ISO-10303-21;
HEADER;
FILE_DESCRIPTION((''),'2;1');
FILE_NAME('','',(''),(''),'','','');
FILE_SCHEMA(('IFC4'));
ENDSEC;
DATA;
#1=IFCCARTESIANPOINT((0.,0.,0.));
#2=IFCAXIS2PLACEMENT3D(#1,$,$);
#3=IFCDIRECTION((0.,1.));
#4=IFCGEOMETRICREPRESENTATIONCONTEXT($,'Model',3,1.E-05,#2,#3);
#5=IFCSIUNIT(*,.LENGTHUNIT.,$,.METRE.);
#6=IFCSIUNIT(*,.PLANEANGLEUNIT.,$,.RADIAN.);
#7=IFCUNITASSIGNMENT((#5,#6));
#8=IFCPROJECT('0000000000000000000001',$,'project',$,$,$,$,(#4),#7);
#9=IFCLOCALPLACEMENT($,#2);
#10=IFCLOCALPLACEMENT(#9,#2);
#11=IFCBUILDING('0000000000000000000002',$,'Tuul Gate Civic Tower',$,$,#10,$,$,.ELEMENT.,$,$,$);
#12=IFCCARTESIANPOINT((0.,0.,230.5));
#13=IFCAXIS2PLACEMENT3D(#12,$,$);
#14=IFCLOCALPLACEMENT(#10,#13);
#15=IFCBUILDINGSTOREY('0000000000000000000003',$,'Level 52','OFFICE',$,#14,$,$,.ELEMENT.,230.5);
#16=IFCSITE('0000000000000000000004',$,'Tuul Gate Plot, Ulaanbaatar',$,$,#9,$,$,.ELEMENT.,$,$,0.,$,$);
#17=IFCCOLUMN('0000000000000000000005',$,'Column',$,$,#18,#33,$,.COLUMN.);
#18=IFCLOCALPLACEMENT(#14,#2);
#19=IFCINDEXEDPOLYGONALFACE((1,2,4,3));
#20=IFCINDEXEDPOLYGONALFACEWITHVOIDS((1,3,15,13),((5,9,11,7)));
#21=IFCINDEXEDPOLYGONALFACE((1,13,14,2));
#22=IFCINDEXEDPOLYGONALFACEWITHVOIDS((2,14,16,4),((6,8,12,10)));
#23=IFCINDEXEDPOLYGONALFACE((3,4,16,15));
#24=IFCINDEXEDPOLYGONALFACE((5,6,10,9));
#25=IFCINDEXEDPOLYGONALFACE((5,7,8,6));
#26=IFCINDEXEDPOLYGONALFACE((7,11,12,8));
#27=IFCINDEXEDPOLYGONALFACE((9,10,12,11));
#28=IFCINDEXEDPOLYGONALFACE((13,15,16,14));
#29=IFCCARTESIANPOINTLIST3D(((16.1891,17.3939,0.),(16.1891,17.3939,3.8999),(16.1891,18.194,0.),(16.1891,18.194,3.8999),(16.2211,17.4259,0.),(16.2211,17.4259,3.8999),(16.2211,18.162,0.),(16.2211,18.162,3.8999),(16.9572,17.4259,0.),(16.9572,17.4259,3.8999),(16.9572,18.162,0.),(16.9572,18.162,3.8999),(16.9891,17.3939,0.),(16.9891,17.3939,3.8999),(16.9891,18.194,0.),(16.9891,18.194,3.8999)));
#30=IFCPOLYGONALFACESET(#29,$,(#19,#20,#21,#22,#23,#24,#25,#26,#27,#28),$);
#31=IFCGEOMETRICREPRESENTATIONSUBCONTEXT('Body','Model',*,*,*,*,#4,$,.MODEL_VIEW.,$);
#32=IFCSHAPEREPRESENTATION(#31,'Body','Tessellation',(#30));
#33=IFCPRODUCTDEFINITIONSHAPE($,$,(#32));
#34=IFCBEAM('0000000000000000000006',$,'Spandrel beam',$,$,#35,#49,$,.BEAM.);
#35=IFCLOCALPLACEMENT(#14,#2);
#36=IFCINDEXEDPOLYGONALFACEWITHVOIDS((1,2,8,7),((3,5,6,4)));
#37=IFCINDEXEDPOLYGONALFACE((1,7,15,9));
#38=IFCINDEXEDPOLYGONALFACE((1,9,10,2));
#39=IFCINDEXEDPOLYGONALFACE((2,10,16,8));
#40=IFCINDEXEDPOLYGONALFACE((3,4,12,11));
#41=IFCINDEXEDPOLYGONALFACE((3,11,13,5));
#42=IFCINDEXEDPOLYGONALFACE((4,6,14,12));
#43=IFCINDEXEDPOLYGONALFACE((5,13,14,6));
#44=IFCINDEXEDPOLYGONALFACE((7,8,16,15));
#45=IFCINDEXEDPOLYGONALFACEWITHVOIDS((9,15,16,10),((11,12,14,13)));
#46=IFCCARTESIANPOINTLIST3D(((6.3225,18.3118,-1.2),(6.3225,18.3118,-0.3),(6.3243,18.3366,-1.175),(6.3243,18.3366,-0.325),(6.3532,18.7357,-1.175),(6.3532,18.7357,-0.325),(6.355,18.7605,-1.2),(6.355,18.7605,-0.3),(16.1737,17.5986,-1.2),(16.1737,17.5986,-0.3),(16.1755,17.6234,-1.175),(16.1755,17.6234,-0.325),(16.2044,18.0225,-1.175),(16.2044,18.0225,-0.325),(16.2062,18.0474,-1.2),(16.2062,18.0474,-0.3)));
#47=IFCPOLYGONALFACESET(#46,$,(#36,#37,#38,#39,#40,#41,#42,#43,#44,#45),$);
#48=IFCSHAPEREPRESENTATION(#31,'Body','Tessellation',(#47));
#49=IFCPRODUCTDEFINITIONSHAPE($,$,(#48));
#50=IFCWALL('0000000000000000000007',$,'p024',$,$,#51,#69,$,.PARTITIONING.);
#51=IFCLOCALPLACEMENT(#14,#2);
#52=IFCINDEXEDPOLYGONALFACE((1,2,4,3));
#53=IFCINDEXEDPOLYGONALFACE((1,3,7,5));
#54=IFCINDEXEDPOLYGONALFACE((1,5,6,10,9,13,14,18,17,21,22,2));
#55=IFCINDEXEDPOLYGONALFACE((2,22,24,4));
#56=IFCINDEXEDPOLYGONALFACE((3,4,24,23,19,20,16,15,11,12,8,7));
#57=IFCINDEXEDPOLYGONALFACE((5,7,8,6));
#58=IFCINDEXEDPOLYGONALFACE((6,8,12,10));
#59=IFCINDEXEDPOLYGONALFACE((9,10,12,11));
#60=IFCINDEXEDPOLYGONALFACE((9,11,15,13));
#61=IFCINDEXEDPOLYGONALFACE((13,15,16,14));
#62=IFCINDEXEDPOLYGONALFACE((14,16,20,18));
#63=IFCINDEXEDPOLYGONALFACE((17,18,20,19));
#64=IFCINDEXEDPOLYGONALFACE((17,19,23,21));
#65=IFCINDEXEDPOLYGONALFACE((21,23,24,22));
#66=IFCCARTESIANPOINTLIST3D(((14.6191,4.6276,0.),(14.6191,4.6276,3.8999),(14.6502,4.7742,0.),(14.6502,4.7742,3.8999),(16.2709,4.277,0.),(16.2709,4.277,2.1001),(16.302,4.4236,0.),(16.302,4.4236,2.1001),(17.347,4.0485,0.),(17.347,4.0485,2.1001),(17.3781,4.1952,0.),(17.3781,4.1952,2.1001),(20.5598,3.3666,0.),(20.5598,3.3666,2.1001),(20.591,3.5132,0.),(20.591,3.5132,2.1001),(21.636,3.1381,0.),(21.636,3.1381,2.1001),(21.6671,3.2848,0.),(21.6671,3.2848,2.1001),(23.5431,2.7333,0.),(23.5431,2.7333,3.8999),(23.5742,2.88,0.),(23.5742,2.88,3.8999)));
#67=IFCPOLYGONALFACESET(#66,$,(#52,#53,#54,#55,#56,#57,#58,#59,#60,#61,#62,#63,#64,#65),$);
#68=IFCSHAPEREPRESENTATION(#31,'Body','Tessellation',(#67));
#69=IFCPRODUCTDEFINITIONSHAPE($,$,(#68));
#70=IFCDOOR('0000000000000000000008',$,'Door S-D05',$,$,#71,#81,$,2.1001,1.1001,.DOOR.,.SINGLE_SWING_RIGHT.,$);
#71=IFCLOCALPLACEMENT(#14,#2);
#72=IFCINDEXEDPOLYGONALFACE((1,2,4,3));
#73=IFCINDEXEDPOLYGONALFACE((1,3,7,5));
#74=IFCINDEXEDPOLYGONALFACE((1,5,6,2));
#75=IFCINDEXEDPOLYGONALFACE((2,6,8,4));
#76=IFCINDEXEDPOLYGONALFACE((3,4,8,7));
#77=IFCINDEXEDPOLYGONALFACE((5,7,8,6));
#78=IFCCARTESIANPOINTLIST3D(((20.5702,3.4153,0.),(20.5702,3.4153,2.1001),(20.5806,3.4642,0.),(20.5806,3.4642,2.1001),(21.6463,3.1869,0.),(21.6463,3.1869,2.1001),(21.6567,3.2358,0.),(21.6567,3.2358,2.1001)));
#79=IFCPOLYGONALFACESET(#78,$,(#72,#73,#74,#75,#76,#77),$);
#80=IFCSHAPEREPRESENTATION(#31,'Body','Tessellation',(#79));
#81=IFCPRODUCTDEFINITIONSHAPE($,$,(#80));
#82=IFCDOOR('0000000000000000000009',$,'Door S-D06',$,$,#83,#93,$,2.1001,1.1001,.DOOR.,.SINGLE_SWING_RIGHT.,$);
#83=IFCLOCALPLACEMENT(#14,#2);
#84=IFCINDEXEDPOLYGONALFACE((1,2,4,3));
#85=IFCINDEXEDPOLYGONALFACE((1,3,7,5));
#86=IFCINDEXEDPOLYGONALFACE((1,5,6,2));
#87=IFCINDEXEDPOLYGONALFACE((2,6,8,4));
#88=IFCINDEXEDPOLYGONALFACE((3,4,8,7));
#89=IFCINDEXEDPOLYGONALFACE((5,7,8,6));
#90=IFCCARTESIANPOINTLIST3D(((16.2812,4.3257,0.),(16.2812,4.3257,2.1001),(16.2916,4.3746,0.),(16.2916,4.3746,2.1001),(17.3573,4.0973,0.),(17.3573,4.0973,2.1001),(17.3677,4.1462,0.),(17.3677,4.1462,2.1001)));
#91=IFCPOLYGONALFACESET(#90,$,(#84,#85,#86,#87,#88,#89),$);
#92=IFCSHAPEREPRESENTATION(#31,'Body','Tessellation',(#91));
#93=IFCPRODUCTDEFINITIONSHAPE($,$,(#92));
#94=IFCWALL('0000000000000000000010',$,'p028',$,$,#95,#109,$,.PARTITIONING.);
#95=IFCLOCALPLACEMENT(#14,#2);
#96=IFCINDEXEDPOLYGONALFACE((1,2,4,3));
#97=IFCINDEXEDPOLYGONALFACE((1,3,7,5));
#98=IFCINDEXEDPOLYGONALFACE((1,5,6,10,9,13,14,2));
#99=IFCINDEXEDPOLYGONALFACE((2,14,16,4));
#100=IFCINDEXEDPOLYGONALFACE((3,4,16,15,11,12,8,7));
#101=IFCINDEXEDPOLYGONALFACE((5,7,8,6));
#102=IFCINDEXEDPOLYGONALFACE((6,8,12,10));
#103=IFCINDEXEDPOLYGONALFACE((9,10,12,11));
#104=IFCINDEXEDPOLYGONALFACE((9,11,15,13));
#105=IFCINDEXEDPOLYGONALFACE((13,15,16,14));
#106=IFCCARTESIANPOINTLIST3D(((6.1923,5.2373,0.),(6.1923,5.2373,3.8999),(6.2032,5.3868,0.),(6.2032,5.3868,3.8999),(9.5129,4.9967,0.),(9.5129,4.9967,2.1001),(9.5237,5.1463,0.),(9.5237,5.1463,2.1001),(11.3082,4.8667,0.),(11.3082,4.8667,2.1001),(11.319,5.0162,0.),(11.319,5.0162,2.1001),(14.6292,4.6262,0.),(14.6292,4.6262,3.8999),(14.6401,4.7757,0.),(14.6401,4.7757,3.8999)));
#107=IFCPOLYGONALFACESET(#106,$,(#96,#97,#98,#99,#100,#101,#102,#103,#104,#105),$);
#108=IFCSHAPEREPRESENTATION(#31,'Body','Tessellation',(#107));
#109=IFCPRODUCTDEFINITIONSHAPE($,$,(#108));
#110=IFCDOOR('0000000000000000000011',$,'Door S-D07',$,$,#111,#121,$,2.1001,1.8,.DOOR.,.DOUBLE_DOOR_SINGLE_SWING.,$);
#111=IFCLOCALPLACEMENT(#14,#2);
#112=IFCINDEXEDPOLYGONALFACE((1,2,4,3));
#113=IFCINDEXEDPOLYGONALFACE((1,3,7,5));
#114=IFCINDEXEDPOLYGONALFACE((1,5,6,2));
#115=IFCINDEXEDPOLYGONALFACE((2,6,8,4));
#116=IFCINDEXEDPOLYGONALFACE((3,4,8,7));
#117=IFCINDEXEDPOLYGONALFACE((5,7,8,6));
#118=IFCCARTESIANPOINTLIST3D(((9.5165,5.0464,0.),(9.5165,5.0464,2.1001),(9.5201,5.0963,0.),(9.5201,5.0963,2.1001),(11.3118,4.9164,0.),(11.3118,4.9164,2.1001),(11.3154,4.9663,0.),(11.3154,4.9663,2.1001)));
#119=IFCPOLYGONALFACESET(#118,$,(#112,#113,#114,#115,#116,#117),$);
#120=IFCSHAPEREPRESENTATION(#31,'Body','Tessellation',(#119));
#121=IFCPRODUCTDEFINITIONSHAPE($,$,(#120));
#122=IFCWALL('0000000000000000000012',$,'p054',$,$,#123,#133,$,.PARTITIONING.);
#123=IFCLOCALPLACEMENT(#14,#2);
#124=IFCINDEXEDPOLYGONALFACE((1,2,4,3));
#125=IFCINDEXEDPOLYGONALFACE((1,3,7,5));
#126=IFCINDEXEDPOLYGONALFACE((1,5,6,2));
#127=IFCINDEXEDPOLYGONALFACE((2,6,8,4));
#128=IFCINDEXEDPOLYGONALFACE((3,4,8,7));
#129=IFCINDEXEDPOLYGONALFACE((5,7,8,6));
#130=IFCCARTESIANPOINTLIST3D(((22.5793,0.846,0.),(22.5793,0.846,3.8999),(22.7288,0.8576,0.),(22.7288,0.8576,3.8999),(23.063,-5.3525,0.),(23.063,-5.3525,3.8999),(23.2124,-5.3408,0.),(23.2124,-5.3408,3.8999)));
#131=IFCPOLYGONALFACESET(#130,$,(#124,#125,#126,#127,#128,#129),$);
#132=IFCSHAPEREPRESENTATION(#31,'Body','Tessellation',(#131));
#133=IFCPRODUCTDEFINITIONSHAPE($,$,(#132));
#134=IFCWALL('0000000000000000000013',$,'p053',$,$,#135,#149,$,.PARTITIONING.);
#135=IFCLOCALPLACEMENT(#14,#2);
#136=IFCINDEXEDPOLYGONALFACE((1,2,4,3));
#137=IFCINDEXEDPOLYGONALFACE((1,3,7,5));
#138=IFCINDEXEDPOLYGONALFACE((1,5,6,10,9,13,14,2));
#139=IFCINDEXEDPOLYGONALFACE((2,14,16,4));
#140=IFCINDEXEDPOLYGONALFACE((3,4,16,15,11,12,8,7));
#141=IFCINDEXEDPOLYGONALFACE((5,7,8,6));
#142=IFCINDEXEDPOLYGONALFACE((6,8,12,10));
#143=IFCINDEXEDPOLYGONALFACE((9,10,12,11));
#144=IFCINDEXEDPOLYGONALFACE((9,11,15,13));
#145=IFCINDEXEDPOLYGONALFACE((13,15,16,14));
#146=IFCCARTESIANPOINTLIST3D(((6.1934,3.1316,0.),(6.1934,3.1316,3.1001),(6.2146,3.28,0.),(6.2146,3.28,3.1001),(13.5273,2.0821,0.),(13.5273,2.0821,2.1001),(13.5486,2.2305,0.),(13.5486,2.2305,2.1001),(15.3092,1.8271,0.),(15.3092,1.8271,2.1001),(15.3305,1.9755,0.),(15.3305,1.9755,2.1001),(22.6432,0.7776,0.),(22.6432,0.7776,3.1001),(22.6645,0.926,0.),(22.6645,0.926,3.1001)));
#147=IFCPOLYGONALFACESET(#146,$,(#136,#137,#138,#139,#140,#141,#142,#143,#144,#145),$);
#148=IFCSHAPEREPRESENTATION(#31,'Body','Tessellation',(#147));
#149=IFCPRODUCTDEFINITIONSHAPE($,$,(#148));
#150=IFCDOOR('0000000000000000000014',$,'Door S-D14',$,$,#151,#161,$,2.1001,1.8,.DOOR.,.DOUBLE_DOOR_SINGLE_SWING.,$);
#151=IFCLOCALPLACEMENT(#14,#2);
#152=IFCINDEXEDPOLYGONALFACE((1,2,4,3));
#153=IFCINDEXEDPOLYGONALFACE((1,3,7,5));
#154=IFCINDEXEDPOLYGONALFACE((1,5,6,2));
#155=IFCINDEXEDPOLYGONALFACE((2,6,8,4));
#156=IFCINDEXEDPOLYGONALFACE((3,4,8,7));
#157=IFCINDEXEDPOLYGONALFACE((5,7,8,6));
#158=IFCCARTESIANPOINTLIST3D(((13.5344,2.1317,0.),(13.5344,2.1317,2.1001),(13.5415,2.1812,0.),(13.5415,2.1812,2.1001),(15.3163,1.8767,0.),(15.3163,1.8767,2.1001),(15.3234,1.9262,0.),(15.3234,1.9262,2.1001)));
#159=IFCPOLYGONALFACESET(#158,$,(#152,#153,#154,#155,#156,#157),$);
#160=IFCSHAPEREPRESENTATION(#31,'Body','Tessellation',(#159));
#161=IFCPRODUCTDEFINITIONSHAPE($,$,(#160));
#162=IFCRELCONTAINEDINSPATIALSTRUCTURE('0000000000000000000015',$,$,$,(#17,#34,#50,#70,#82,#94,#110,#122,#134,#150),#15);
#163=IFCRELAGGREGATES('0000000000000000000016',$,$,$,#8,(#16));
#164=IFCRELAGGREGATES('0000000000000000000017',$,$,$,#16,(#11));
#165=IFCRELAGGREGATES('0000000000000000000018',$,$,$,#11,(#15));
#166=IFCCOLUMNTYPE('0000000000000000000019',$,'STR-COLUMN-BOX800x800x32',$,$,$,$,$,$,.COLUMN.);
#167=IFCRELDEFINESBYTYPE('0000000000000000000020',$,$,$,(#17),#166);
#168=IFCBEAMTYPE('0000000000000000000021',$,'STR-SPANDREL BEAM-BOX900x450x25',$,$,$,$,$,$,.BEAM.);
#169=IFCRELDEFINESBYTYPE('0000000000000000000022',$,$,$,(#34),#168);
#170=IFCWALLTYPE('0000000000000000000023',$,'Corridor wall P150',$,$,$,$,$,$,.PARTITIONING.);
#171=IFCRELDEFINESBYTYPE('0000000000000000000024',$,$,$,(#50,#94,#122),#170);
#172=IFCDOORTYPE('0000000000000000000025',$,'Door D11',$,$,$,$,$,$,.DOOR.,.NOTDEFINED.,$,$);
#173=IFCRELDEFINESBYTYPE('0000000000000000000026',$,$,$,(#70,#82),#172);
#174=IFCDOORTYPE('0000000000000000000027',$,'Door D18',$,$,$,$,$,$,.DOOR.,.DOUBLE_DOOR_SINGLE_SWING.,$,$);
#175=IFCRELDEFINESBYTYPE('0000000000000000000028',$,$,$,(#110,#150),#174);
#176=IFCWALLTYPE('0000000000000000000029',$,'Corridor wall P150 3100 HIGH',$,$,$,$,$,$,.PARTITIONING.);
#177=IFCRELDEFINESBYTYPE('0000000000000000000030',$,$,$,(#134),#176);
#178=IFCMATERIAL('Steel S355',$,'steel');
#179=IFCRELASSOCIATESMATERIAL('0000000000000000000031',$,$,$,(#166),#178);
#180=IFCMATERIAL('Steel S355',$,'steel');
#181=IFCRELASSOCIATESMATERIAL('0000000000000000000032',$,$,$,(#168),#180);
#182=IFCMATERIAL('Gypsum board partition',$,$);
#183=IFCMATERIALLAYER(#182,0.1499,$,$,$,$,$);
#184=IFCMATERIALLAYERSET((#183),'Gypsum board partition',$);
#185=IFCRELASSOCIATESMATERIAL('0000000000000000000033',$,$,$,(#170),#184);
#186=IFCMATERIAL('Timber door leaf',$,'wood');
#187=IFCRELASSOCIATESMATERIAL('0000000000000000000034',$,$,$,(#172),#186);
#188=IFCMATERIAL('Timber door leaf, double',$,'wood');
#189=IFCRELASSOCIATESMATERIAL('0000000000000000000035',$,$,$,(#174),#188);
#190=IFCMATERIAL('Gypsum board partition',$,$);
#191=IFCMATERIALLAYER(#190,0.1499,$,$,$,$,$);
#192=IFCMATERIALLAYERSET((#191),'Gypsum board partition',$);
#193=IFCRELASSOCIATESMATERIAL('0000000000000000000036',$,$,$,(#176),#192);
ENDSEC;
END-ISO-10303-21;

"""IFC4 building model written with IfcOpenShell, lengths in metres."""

from ifc_helpers import new_model, si_unit, direction, frame, frame_2d, origin, origin_2d, place, context, subcontext, project, spatial, rectangle, hollow_rectangle, extrude, material, layer, layer_set, material_profile, profile_set, type_object, element, fill, save


model = new_model("IFC4")

# Units and contexts
model_context = context("Model", 3, precision=1e-05, world=origin(), true_north=direction((0.0, 1.0)))
body_context = subcontext(model_context, "Body", "Model", "MODEL_VIEW")
ifc_project = project(units=[si_unit("LENGTHUNIT", "METRE"), si_unit("PLANEANGLEUNIT", "RADIAN")], contexts=[model_context])

# Site, building, storey
site_placement = place(None, origin())
site = spatial("IfcSite", under=ifc_project, at=site_placement, Name="Tuul Gate Plot, Ulaanbaatar", CompositionType="ELEMENT", RefElevation=0.0)
building_placement = place(site_placement, origin())
building = spatial("IfcBuilding", under=site, at=building_placement, Name="Tuul Gate Civic Tower", CompositionType="ELEMENT")
storey_placement = place(building_placement, frame((0.0, 0.0, 230.5)))
storey = spatial("IfcBuildingStorey", under=building, at=storey_placement, Name="Level 52", Description="OFFICE", CompositionType="ELEMENT", Elevation=230.5)

# Column
ifc_material_1 = material(Name="Steel S355", Category="steel")
ifc_material_profile_1 = material_profile(ifc_material_1, hollow_rectangle(XDim=0.8, YDim=0.8, WallThickness=0.032, at=origin_2d()), Name="BOX800x800x32")
ifc_profile_set_1 = profile_set([ifc_material_profile_1], Name="Steel S355")
column_type = type_object("IfcColumnType", Name="STR-COLUMN-BOX800x800x32", PredefinedType="COLUMN", material=ifc_profile_set_1)
column_placement = place(storey_placement, frame((16.5891, 17.7939, 0.0), z_axis=(0.0, 0.0, 1.0), x_axis=(1.0, 0.0, 0.0)))
element("IfcColumn", 1, at=column_placement, inside=storey, type_object=column_type, Name="Column", PredefinedType="COLUMN", context=body_context, shape_type="SweptSolid", body=[
    extrude(hollow_rectangle(XDim=0.8, YDim=0.8, WallThickness=0.032, at=origin_2d()), origin(), (0.0, 0.0, 1.0), 3.8999),
])

# Beam
ifc_material_2 = material(Name="Steel S355", Category="steel")
ifc_material_profile_2 = material_profile(ifc_material_2, hollow_rectangle(XDim=0.45, YDim=0.8999, WallThickness=0.0249, at=origin_2d()), Name="BOX900x450x25")
ifc_profile_set_2 = profile_set([ifc_material_profile_2], Name="Steel S355")
beam_type = type_object("IfcBeamType", Name="STR-SPANDREL BEAM-BOX900x450x25", PredefinedType="BEAM", material=ifc_profile_set_2)
beam_placement = place(storey_placement, frame((16.1899, 17.823, -0.75), z_axis=(-0.99739, 0.072203, 0.0), x_axis=(-0.072203, -0.99739, 0.0)))
element("IfcBeam", 2, at=beam_placement, inside=storey, type_object=beam_type, Name="Spandrel beam", PredefinedType="BEAM", context=body_context, shape_type="SweptSolid", body=[
    extrude(hollow_rectangle(XDim=0.45, YDim=0.8999, WallThickness=0.0249, at=origin_2d()), origin(), (0.0, 0.0, 1.0), 9.877),
])

# Wall, openings, doors
ifc_material_3 = material(Name="Gypsum board partition")
ifc_layer_1 = layer(ifc_material_3, 0.1499)
ifc_layer_set_1 = layer_set([ifc_layer_1], Name="Gypsum board partition")
wall_type_1 = type_object("IfcWallType", Name="Corridor wall P150", PredefinedType="PARTITIONING", material=ifc_layer_set_1)
wall_1_placement = place(storey_placement, frame((14.6345, 4.7009, 0.0), z_axis=(0.0, 0.0, 1.0), x_axis=(0.978205, -0.207641, 0.0)))
wall_1 = element("IfcWall", 3, at=wall_1_placement, inside=storey, type_object=wall_type_1, Name="p024", PredefinedType="PARTITIONING", context=body_context, shape_type="SweptSolid", body=[
    extrude(rectangle(XDim=9.1228, YDim=0.1499, at=frame_2d((4.5615, 0.0))), origin(), (0.0, 0.0, 1.0), 3.8999),
])
opening_1_placement = place(wall_1_placement, frame((6.0732, 0.0, 0.0)))
opening_1 = element("IfcOpeningElement", 4, at=opening_1_placement, cuts=wall_1, PredefinedType="OPENING", context=body_context, shape_type="SweptSolid", body=[
    extrude(rectangle(XDim=1.1001, YDim=2.1001, at=frame_2d((0.55, 1.05))), frame((0.0, 0.085, 0.0), z_axis=(0.0, -1.0, 0.0), x_axis=(1.0, 0.0, 0.0)), (0.0, 0.0, 1.0), 0.1699),
])
opening_2_placement = place(wall_1_placement, frame((1.6887, 0.0, 0.0)))
opening_2 = element("IfcOpeningElement", 5, at=opening_2_placement, cuts=wall_1, PredefinedType="OPENING", context=body_context, shape_type="SweptSolid", body=[
    extrude(rectangle(XDim=1.1001, YDim=2.1001, at=frame_2d((0.55, 1.05))), frame((0.0, 0.085, 0.0), z_axis=(0.0, -1.0, 0.0), x_axis=(1.0, 0.0, 0.0)), (0.0, 0.0, 1.0), 0.1699),
])
ifc_material_4 = material(Name="Timber door leaf", Category="wood")
door_type_1 = type_object("IfcDoorType", Name="Door D11", OperationType="NOTDEFINED", PredefinedType="DOOR", material=ifc_material_4)
door_1_placement = place(opening_1_placement, origin())
door_1 = element("IfcDoor", 6, at=door_1_placement, inside=storey, type_object=door_type_1, Name="Door S-D05", OperationType="SINGLE_SWING_RIGHT", OverallHeight=2.1001, OverallWidth=1.1001, PredefinedType="DOOR", context=body_context, shape_type="SweptSolid", body=[
    extrude(rectangle(XDim=1.1001, YDim=2.1001, at=frame_2d((0.55, 1.05))), frame((0.0, 0.0249, 0.0), z_axis=(0.0, -1.0, 0.0), x_axis=(1.0, 0.0, 0.0)), (0.0, 0.0, 1.0), 0.05),
])
fill(opening_1, door_1)
door_2_placement = place(opening_2_placement, origin())
door_2 = element("IfcDoor", 7, at=door_2_placement, inside=storey, type_object=door_type_1, Name="Door S-D06", OperationType="SINGLE_SWING_RIGHT", OverallHeight=2.1001, OverallWidth=1.1001, PredefinedType="DOOR", context=body_context, shape_type="SweptSolid", body=[
    extrude(rectangle(XDim=1.1001, YDim=2.1001, at=frame_2d((0.55, 1.05))), frame((0.0, 0.0249, 0.0), z_axis=(0.0, -1.0, 0.0), x_axis=(1.0, 0.0, 0.0)), (0.0, 0.0, 1.0), 0.05),
])
fill(opening_2, door_2)

# Wall, opening, door
wall_2_placement = place(storey_placement, frame((6.1978, 5.312, 0.0), z_axis=(0.0, 0.0, 1.0), x_axis=(0.997387, -0.072242, 0.0)))
wall_2 = element("IfcWall", 8, at=wall_2_placement, inside=storey, type_object=wall_type_1, Name="p028", PredefinedType="PARTITIONING", context=body_context, shape_type="SweptSolid", body=[
    extrude(rectangle(XDim=8.459, YDim=0.1499, at=frame_2d((4.2295, 0.0))), origin(), (0.0, 0.0, 1.0), 3.8999),
])
opening_3_placement = place(wall_2_placement, frame((3.3293, 0.0, 0.0)))
opening_3 = element("IfcOpeningElement", 9, at=opening_3_placement, cuts=wall_2, PredefinedType="OPENING", context=body_context, shape_type="SweptSolid", body=[
    extrude(rectangle(XDim=1.8, YDim=2.1001, at=frame_2d((0.8999, 1.05))), frame((0.0, 0.085, 0.0), z_axis=(0.0, -1.0, 0.0), x_axis=(1.0, 0.0, 0.0)), (0.0, 0.0, 1.0), 0.1699),
])
ifc_material_5 = material(Name="Timber door leaf, double", Category="wood")
door_type_2 = type_object("IfcDoorType", Name="Door D18", OperationType="DOUBLE_DOOR_SINGLE_SWING", PredefinedType="DOOR", material=ifc_material_5)
door_3_placement = place(opening_3_placement, origin())
door_3 = element("IfcDoor", 10, at=door_3_placement, inside=storey, type_object=door_type_2, Name="Door S-D07", OperationType="DOUBLE_DOOR_SINGLE_SWING", OverallHeight=2.1001, OverallWidth=1.8, PredefinedType="DOOR", context=body_context, shape_type="SweptSolid", body=[
    extrude(rectangle(XDim=1.8, YDim=2.1001, at=frame_2d((0.8999, 1.05))), frame((0.0, 0.0249, 0.0), z_axis=(0.0, -1.0, 0.0), x_axis=(1.0, 0.0, 0.0)), (0.0, 0.0, 1.0), 0.05),
])
fill(opening_3, door_3)

# Wall
wall_3_placement = place(storey_placement, frame((22.6541, 0.8518, 0.0), z_axis=(0.0, 0.0, 1.0), x_axis=(0.077789, -0.99697, 0.0)))
element("IfcWall", 11, at=wall_3_placement, inside=storey, type_object=wall_type_1, Name="p054", PredefinedType="PARTITIONING", context=body_context, shape_type="SweptSolid", body=[
    extrude(rectangle(XDim=6.2173, YDim=0.1499, at=frame_2d((3.1086, 0.0))), origin(), (0.0, 0.0, 1.0), 3.8999),
])

# Wall, opening, door
ifc_material_6 = material(Name="Gypsum board partition")
ifc_layer_2 = layer(ifc_material_6, 0.1499)
ifc_layer_set_2 = layer_set([ifc_layer_2], Name="Gypsum board partition")
wall_type_2 = type_object("IfcWallType", Name="Corridor wall P150 3100 HIGH", PredefinedType="PARTITIONING", material=ifc_layer_set_2)
wall_4_placement = place(storey_placement, frame((6.2041, 3.2058, 0.0), z_axis=(0.0, 0.0, 1.0), x_axis=(0.989916, -0.141658, 0.0)))
wall_4 = element("IfcWall", 12, at=wall_4_placement, inside=storey, type_object=wall_type_2, Name="p053", PredefinedType="PARTITIONING", context=body_context, shape_type="SweptSolid", body=[
    extrude(rectangle(XDim=16.6174, YDim=0.1499, at=frame_2d((8.3086, 0.0))), origin(), (0.0, 0.0, 1.0), 3.1001),
])
opening_4_placement = place(wall_4_placement, frame((7.4087, 0.0, 0.0)))
opening_4 = element("IfcOpeningElement", 13, at=opening_4_placement, cuts=wall_4, PredefinedType="OPENING", context=body_context, shape_type="SweptSolid", body=[
    extrude(rectangle(XDim=1.8, YDim=2.1001, at=frame_2d((0.8999, 1.05))), frame((0.0, 0.085, 0.0), z_axis=(0.0, -1.0, 0.0), x_axis=(1.0, 0.0, 0.0)), (0.0, 0.0, 1.0), 0.1699),
])
door_4_placement = place(opening_4_placement, frame((1.8, 0.0, 0.0), z_axis=(0.0, 0.0, 1.0), x_axis=(-1.0, 0.0, 0.0)))
door_4 = element("IfcDoor", 14, at=door_4_placement, inside=storey, type_object=door_type_2, Name="Door S-D14", OperationType="DOUBLE_DOOR_SINGLE_SWING", OverallHeight=2.1001, OverallWidth=1.8, PredefinedType="DOOR", context=body_context, shape_type="SweptSolid", body=[
    extrude(rectangle(XDim=1.8, YDim=2.1001, at=frame_2d((0.9001, 1.05))), frame((0.0, 0.0249, 0.0), z_axis=(0.0, -1.0, 0.0), x_axis=(1.0, 0.0, 0.0)), (0.0, 0.0, 1.0), 0.05),
])
fill(opening_4, door_4)

save(model, "model.ifc")
